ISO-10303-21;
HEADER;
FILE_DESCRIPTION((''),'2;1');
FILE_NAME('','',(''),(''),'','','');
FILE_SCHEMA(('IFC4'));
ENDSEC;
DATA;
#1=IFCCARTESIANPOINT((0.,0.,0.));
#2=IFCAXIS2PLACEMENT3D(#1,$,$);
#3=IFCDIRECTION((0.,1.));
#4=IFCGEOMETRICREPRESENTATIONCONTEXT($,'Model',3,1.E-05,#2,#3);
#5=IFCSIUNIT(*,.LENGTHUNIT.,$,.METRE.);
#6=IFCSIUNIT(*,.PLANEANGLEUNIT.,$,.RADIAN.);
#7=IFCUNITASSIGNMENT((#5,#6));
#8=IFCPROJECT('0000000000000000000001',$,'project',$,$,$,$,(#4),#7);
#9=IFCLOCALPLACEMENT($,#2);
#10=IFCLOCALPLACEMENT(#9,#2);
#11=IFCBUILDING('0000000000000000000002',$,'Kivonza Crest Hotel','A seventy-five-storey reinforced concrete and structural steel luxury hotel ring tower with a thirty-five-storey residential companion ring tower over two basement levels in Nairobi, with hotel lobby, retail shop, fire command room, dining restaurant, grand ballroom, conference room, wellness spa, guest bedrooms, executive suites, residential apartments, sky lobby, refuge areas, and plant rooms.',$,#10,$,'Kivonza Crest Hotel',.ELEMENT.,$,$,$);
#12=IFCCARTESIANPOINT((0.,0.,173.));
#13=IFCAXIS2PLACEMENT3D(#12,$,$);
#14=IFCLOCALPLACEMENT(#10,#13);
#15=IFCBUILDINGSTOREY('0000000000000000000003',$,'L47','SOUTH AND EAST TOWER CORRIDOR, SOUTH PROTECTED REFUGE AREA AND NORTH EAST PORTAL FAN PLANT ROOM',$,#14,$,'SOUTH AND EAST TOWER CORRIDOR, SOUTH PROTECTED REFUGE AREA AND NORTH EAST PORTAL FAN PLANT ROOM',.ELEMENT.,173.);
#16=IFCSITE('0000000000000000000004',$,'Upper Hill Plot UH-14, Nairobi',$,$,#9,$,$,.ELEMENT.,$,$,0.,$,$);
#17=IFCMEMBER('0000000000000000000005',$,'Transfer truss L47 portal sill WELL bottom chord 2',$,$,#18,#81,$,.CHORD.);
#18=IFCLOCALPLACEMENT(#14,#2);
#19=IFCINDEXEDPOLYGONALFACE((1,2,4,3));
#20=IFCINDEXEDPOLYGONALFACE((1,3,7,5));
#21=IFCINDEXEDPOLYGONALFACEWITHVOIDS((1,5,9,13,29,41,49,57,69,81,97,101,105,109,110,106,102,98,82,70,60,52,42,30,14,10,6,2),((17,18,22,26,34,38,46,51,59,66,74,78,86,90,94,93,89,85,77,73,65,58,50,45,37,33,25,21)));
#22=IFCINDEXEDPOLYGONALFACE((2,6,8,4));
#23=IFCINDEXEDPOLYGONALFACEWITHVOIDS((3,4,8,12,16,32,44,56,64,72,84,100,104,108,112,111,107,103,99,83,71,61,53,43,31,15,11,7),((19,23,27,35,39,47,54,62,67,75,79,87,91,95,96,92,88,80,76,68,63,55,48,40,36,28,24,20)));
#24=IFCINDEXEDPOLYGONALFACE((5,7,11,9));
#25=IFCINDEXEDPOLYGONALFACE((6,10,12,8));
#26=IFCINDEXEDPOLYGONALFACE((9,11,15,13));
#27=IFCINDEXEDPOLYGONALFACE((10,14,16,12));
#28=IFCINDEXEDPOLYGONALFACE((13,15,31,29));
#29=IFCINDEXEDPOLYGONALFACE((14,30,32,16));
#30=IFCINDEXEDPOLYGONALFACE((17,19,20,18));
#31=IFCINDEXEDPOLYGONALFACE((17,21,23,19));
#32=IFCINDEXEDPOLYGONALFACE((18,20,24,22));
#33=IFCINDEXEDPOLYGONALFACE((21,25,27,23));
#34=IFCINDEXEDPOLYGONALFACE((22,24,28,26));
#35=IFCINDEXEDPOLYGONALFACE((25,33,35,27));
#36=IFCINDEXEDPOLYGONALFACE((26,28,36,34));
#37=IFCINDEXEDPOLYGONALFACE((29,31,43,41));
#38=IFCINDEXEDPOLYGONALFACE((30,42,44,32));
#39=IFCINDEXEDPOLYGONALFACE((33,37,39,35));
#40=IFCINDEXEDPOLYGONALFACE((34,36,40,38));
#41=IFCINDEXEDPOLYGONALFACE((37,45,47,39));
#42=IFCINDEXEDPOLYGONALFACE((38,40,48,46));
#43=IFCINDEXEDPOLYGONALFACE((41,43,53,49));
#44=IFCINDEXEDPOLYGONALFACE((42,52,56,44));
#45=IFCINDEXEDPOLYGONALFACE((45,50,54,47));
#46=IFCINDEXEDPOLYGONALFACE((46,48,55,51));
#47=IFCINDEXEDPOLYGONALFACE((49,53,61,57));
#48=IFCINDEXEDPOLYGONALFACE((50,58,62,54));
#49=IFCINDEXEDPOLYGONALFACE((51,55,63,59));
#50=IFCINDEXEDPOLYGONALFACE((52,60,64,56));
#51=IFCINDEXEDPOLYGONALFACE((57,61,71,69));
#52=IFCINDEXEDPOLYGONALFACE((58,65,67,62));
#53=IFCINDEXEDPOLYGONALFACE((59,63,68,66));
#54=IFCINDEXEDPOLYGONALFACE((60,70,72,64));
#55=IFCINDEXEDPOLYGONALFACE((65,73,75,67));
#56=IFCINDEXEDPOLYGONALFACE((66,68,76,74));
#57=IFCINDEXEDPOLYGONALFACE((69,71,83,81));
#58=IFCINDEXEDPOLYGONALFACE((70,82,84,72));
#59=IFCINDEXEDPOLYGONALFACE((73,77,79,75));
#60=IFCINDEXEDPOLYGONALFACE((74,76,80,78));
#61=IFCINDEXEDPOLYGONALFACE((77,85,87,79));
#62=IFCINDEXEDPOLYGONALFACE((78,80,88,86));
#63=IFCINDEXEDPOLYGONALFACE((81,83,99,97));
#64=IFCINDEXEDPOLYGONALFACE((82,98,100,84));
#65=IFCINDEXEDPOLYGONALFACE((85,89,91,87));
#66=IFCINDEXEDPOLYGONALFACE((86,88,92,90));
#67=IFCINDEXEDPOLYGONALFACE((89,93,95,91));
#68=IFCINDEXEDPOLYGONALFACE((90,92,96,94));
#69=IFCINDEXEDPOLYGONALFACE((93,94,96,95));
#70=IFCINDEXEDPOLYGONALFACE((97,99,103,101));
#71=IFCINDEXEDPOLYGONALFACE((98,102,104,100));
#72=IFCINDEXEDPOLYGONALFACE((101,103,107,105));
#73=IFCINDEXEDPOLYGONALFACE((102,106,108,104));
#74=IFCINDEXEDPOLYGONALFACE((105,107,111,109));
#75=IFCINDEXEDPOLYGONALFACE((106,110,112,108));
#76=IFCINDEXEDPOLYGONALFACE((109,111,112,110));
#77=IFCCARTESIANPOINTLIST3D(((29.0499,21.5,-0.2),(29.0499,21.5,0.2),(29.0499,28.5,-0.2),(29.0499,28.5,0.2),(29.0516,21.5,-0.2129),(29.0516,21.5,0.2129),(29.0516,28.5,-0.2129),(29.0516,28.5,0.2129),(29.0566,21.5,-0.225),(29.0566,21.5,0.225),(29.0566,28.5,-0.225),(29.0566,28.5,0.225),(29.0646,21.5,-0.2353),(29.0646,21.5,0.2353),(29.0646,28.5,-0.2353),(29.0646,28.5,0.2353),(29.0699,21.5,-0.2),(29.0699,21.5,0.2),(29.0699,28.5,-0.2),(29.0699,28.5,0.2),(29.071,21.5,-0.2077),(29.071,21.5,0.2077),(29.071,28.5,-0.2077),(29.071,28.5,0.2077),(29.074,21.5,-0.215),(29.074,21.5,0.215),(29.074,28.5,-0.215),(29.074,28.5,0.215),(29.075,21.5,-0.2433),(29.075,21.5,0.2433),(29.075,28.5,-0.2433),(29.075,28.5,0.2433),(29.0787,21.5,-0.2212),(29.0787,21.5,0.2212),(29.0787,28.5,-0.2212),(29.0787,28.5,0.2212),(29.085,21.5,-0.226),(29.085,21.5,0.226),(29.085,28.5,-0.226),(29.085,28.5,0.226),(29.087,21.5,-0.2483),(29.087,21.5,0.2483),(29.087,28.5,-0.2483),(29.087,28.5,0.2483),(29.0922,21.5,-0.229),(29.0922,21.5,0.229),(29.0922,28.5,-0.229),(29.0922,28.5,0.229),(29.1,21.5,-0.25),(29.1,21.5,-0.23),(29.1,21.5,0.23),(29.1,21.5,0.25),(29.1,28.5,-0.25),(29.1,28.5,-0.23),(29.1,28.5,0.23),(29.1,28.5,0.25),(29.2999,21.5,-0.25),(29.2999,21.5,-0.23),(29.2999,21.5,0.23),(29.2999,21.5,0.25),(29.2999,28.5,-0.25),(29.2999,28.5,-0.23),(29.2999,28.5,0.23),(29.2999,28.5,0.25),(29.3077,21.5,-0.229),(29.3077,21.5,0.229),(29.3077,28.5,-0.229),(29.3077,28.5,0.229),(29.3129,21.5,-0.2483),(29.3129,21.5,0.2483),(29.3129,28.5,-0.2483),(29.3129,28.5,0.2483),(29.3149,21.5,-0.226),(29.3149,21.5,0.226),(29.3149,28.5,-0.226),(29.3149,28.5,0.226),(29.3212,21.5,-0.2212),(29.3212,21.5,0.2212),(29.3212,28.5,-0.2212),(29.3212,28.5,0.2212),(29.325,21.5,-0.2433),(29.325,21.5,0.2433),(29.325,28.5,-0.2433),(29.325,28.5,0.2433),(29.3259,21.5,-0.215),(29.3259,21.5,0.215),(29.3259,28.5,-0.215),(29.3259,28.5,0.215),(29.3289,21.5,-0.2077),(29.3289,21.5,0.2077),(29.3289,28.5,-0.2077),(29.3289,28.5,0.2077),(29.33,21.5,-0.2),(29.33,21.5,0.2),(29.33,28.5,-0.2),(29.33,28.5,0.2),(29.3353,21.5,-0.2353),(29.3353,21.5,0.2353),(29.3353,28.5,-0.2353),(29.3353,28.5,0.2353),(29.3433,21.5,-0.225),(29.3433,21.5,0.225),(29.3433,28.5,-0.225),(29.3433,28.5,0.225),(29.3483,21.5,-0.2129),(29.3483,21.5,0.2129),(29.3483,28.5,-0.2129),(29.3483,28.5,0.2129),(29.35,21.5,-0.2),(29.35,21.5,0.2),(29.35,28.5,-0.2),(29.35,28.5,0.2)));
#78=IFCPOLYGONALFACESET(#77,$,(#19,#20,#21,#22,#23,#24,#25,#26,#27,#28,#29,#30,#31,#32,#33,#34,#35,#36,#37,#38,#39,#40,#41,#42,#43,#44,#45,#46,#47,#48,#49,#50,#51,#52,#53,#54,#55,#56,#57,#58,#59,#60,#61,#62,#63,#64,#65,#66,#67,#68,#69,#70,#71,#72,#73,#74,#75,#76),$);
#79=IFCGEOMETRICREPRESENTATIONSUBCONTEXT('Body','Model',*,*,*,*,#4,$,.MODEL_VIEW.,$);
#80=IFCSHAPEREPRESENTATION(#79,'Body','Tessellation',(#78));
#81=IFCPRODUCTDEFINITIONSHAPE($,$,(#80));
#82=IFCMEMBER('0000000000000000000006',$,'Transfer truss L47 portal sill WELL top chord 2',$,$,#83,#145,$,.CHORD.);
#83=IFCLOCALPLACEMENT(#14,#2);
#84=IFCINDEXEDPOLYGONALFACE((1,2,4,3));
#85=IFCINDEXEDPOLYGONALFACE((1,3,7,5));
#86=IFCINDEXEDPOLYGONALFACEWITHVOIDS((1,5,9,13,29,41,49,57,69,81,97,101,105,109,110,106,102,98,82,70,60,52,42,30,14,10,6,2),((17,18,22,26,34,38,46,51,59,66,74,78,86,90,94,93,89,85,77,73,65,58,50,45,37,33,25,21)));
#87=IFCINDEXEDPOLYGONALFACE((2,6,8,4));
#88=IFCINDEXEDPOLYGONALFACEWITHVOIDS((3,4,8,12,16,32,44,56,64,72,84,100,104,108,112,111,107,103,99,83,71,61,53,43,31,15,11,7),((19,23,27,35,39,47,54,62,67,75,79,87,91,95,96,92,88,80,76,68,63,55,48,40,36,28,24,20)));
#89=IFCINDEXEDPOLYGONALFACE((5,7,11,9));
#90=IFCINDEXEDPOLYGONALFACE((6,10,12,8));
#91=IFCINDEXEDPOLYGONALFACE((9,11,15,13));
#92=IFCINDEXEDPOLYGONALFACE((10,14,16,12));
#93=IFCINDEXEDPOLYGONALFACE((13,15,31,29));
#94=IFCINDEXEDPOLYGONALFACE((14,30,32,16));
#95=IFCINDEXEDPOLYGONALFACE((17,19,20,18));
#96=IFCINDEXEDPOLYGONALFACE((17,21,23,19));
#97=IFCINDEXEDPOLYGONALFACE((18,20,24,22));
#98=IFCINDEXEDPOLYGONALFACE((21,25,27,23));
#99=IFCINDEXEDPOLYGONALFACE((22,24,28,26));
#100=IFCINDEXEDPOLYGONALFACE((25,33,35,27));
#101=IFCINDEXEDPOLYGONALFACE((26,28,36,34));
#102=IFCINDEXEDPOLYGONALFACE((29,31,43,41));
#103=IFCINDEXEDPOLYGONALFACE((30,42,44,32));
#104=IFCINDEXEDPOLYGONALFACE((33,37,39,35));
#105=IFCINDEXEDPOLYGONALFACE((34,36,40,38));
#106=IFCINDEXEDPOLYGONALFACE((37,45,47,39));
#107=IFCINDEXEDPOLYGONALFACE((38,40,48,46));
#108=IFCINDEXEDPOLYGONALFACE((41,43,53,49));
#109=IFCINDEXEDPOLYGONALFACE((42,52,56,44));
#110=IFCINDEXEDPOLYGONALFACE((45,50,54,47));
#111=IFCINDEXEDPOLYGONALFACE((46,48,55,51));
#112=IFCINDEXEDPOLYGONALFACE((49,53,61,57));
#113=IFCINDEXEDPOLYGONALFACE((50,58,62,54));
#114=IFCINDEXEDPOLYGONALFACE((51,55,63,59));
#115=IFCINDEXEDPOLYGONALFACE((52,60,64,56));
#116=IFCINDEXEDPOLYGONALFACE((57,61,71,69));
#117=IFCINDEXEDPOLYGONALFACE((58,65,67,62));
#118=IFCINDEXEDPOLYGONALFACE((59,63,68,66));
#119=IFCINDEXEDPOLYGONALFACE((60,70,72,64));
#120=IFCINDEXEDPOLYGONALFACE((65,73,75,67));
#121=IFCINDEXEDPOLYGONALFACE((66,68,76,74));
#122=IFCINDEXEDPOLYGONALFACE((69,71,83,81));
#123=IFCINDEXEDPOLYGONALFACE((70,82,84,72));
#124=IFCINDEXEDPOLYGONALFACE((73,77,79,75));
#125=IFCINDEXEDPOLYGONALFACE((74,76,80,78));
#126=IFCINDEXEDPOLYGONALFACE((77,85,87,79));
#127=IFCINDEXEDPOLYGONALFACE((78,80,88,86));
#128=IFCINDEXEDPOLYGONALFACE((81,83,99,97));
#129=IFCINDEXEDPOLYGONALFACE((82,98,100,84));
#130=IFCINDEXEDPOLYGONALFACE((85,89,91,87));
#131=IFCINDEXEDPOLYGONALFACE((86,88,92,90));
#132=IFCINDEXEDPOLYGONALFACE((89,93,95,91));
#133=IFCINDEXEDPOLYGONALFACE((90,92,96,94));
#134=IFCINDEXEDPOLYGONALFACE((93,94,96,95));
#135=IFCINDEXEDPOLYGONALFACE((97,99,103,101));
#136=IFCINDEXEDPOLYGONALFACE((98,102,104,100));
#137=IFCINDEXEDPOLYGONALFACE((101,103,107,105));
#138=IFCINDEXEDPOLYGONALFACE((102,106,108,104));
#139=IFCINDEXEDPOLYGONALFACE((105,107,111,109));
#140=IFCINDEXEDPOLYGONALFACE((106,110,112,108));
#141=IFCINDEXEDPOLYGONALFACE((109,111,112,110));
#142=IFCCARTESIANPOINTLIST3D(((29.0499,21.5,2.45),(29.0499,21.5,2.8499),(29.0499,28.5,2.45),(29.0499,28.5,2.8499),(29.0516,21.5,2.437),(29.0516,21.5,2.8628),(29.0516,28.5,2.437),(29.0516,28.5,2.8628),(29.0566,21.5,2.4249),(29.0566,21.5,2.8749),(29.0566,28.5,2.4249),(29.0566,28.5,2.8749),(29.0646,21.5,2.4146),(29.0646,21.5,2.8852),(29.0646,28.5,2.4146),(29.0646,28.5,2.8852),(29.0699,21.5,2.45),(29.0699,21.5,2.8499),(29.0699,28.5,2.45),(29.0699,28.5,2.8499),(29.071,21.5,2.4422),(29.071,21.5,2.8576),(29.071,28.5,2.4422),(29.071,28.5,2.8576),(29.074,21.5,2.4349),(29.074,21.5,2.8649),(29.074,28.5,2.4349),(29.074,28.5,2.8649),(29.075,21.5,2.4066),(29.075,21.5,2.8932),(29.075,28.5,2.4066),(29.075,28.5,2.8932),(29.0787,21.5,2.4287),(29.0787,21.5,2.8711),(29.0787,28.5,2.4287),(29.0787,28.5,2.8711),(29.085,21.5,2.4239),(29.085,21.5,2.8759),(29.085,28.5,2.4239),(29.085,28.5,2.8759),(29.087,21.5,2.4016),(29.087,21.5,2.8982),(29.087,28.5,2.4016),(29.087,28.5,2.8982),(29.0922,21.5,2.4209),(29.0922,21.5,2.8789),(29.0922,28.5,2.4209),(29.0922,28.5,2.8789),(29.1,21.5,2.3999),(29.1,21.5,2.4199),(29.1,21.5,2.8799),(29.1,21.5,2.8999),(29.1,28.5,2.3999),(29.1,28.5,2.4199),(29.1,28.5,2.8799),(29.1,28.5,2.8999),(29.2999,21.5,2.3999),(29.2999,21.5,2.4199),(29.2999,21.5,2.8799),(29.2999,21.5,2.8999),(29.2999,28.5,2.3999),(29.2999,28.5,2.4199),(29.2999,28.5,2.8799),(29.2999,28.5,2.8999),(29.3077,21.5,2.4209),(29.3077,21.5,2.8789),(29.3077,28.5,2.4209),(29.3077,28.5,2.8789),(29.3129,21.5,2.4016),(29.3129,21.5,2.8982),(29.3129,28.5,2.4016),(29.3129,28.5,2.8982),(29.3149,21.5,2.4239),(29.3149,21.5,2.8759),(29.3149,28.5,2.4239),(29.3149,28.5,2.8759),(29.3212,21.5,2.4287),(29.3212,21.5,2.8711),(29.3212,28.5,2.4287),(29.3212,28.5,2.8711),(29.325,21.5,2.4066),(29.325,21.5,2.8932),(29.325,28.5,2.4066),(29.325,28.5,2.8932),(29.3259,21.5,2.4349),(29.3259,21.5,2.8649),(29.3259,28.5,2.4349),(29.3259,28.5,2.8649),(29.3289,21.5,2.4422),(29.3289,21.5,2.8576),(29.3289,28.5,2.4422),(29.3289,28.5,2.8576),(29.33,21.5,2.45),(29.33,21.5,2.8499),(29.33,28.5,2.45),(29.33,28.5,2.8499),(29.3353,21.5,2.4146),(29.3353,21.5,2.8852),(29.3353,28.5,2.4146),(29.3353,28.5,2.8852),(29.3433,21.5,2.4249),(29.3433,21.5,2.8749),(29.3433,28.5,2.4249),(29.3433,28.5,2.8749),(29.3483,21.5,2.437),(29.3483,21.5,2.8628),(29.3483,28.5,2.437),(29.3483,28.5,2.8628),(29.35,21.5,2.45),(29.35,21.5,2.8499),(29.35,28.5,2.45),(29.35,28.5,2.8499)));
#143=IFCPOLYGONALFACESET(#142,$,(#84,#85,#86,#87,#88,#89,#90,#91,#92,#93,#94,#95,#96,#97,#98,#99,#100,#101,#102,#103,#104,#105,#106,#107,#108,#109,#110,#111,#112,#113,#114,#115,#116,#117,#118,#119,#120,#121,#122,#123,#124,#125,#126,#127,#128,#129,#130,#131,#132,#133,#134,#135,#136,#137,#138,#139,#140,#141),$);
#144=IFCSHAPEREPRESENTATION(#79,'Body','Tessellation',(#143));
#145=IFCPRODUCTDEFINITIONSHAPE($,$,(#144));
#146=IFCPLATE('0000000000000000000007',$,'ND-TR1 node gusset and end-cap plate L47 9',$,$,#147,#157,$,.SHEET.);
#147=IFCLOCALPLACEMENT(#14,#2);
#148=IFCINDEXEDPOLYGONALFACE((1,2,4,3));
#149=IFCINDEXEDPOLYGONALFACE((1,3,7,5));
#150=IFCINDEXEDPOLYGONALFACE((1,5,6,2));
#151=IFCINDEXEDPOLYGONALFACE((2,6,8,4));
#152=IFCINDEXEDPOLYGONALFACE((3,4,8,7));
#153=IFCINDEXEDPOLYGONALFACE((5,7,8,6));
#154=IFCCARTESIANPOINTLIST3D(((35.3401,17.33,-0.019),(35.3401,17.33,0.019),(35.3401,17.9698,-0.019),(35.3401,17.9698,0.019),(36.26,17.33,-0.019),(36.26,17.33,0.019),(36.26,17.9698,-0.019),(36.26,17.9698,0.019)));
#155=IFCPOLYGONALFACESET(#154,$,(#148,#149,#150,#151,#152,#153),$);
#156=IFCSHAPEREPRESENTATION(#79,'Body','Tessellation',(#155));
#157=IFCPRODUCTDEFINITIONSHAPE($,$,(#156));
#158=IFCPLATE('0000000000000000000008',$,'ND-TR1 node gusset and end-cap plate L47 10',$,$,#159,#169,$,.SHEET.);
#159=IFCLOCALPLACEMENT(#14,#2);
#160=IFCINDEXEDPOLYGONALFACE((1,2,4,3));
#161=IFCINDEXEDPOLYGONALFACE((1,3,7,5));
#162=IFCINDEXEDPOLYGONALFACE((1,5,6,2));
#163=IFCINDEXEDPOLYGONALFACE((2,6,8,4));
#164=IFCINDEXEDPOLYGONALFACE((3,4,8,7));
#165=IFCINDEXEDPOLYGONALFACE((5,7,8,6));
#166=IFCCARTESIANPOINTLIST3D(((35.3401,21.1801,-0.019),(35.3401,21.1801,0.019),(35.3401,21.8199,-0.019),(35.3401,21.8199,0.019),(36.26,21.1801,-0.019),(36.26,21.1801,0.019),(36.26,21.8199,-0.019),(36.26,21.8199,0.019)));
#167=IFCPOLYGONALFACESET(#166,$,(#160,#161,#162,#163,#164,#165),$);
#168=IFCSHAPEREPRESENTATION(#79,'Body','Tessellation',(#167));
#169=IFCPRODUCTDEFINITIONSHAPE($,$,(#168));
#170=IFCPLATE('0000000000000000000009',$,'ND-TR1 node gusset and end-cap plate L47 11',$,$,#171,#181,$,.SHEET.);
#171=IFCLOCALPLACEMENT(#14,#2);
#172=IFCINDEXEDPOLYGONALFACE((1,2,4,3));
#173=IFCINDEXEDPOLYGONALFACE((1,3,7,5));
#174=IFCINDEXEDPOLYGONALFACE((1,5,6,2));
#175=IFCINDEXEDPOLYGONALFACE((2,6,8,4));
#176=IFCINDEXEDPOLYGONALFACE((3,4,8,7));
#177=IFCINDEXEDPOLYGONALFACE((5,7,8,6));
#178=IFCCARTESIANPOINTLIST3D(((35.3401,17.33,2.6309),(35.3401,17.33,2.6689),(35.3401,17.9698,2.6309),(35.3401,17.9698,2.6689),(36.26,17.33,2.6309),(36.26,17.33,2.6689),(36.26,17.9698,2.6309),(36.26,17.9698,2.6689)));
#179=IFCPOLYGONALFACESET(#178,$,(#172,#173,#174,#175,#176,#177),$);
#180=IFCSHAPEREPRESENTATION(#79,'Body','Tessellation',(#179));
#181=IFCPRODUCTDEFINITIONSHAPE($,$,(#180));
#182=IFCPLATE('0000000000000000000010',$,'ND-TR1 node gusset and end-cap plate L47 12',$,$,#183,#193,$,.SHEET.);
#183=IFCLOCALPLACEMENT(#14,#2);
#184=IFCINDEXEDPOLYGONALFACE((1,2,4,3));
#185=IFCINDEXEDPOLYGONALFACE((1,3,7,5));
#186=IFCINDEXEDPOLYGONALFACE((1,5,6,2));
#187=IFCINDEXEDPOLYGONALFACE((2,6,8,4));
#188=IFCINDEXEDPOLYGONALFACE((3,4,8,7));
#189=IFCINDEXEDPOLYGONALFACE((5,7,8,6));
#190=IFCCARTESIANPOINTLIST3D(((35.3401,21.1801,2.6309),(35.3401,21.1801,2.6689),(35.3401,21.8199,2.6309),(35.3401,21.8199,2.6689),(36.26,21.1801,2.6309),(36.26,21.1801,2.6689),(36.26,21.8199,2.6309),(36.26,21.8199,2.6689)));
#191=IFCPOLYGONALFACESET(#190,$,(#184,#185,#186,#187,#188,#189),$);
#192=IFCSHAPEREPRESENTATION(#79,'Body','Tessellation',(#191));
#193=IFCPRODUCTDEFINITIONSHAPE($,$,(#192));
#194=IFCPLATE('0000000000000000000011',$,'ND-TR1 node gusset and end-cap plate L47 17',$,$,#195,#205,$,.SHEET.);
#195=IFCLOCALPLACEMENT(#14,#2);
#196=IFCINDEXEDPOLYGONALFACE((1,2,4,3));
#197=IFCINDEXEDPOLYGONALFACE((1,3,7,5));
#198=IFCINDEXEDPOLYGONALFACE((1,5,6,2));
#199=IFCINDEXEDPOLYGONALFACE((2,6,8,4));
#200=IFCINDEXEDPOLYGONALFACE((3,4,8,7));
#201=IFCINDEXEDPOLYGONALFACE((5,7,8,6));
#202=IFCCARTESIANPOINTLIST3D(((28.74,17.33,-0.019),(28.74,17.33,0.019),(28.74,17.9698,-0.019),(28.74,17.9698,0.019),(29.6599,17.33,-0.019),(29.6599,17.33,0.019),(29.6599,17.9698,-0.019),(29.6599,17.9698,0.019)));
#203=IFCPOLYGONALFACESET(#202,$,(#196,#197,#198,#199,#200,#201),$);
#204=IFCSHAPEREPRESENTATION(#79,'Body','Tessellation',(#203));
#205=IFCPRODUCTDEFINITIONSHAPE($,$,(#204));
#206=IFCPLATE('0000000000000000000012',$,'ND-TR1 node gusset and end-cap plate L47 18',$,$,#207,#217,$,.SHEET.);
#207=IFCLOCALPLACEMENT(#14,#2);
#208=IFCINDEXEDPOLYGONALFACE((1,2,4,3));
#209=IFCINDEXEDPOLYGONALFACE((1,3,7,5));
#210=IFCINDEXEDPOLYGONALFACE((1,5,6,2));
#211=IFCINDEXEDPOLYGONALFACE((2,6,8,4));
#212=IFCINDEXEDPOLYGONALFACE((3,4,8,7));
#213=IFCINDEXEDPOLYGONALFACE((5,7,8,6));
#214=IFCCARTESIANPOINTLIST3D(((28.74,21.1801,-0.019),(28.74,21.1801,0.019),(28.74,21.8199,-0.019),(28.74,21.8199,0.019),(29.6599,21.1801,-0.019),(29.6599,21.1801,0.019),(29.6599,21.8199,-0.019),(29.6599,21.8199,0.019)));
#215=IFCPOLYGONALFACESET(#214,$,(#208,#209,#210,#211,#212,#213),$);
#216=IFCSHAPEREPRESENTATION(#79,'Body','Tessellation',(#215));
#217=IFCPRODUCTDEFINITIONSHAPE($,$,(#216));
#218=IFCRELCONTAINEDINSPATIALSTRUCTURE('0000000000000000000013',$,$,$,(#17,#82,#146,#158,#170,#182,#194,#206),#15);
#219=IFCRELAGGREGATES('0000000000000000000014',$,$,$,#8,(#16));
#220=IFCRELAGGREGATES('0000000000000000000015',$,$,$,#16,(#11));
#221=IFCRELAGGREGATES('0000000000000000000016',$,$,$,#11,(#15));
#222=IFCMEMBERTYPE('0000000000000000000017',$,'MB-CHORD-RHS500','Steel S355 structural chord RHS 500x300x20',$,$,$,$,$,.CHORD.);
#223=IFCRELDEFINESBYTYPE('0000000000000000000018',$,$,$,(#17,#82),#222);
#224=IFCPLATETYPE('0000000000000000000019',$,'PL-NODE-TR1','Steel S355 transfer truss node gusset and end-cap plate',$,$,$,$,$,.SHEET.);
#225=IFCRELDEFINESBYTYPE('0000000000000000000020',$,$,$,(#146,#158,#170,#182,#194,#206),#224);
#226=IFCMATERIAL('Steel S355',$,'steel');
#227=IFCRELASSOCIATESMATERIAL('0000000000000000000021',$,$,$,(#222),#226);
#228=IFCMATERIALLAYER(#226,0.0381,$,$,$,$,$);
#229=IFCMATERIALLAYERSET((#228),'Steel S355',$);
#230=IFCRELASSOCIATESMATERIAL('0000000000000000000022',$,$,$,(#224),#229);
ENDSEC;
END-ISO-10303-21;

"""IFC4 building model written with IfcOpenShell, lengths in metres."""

from ifc_helpers import new_model, si_unit, direction, frame, origin, origin_2d, place, context, subcontext, project, spatial, rectangle, hollow_rectangle, extrude, material, layer, layer_set, material_profile, profile_set, type_object, element, save


model = new_model("IFC4")

# Units and contexts
model_context = context("Model", 3, precision=1e-05, world=origin(), true_north=direction((0.0, 1.0)))
body_context = subcontext(model_context, "Body", "Model", "MODEL_VIEW")
ifc_project = project(units=[si_unit("LENGTHUNIT", "METRE"), si_unit("PLANEANGLEUNIT", "RADIAN")], contexts=[model_context])

# Site, building, storey
site_placement = place(None, origin())
site = spatial("IfcSite", under=ifc_project, at=site_placement, Name="Upper Hill Plot UH-14, Nairobi", CompositionType="ELEMENT", RefElevation=0.0)
building_placement = place(site_placement, origin())
building = spatial("IfcBuilding", under=site, at=building_placement, Name="Kivonza Crest Hotel", Description="A seventy-five-storey reinforced concrete and structural steel luxury hotel ring tower with a thirty-five-storey residential companion ring tower over two basement levels in Nairobi, with hotel lobby, retail shop, fire command room, dining restaurant, grand ballroom, conference room, wellness spa, guest bedrooms, executive suites, residential apartments, sky lobby, refuge areas, and plant rooms.", LongName="Kivonza Crest Hotel", CompositionType="ELEMENT")
storey_placement = place(building_placement, frame((0.0, 0.0, 173.0)))
storey = spatial("IfcBuildingStorey", under=building, at=storey_placement, Name="L47", Description="SOUTH AND EAST TOWER CORRIDOR, SOUTH PROTECTED REFUGE AREA AND NORTH EAST PORTAL FAN PLANT ROOM", LongName="SOUTH AND EAST TOWER CORRIDOR, SOUTH PROTECTED REFUGE AREA AND NORTH EAST PORTAL FAN PLANT ROOM", CompositionType="ELEMENT", Elevation=173.0)

# Shared definitions
ifc_material_1 = material(Name="Steel S355", Category="steel")

# Members
ifc_material_profile_1 = material_profile(ifc_material_1, hollow_rectangle(XDim=0.3, YDim=0.5, WallThickness=0.02, InnerFilletRadius=0.03, OuterFilletRadius=0.05, at=origin_2d()), Name="RHS 500x300x20")
ifc_profile_set_1 = profile_set([ifc_material_profile_1], Name="Steel S355")
member_type_1 = type_object("IfcMemberType", Name="MB-CHORD-RHS500", Description="Steel S355 structural chord RHS 500x300x20", PredefinedType="CHORD", material=ifc_profile_set_1)
for number, where, z_axis, x_axis, name in (
    (1, (29.2, 21.5, 0.0), (0.0, 1.0, 0.0), (-1.0, 0.0, 0.0), "Transfer truss L47 portal sill WELL bottom chord 2"),
    (2, (29.2, 21.5, 2.6499), (0.0, 1.0, 0.0), (-1.0, 0.0, 0.0), "Transfer truss L47 portal sill WELL top chord 2"),
):
    element("IfcMember", number, at=place(storey_placement, frame(where, z_axis=z_axis, x_axis=x_axis)), inside=storey, type_object=member_type_1, Name=name, PredefinedType="CHORD", context=body_context, shape_type="SweptSolid", body=[
        extrude(hollow_rectangle(XDim=0.3, YDim=0.5, WallThickness=0.02, InnerFilletRadius=0.03, OuterFilletRadius=0.05, at=origin_2d()), origin(), (0.0, 0.0, 1.0), 7.0),
    ])

# Plates
ifc_layer_1 = layer(ifc_material_1, 0.0381)
ifc_layer_set_1 = layer_set([ifc_layer_1], Name="Steel S355")
plate_type = type_object("IfcPlateType", Name="PL-NODE-TR1", Description="Steel S355 transfer truss node gusset and end-cap plate", PredefinedType="SHEET", material=ifc_layer_set_1)
for number, where, z_axis, x_axis, name in (
    (3, (35.8, 17.6499, -0.019), (0.0, 0.0, 1.0), (1.0, 0.0, 0.0), "ND-TR1 node gusset and end-cap plate L47 9"),
    (4, (35.8, 21.5, -0.019), (0.0, 0.0, 1.0), (1.0, 0.0, 0.0), "ND-TR1 node gusset and end-cap plate L47 10"),
    (5, (35.8, 17.6499, 2.6309), (0.0, 0.0, 1.0), (1.0, 0.0, 0.0), "ND-TR1 node gusset and end-cap plate L47 11"),
    (6, (35.8, 21.5, 2.6309), (0.0, 0.0, 1.0), (1.0, 0.0, 0.0), "ND-TR1 node gusset and end-cap plate L47 12"),
    (7, (29.2, 17.6499, -0.019), (0.0, 0.0, 1.0), (1.0, 0.0, 0.0), "ND-TR1 node gusset and end-cap plate L47 17"),
    (8, (29.2, 21.5, -0.019), (0.0, 0.0, 1.0), (1.0, 0.0, 0.0), "ND-TR1 node gusset and end-cap plate L47 18"),
):
    element("IfcPlate", number, at=place(storey_placement, frame(where, z_axis=z_axis, x_axis=x_axis)), inside=storey, type_object=plate_type, Name=name, PredefinedType="SHEET", context=body_context, shape_type="SweptSolid", body=[
        extrude(rectangle(XDim=0.9199, YDim=0.6399, at=origin_2d()), origin(), (0.0, 0.0, 1.0), 0.0381),
    ])

save(model, "model.ifc")
